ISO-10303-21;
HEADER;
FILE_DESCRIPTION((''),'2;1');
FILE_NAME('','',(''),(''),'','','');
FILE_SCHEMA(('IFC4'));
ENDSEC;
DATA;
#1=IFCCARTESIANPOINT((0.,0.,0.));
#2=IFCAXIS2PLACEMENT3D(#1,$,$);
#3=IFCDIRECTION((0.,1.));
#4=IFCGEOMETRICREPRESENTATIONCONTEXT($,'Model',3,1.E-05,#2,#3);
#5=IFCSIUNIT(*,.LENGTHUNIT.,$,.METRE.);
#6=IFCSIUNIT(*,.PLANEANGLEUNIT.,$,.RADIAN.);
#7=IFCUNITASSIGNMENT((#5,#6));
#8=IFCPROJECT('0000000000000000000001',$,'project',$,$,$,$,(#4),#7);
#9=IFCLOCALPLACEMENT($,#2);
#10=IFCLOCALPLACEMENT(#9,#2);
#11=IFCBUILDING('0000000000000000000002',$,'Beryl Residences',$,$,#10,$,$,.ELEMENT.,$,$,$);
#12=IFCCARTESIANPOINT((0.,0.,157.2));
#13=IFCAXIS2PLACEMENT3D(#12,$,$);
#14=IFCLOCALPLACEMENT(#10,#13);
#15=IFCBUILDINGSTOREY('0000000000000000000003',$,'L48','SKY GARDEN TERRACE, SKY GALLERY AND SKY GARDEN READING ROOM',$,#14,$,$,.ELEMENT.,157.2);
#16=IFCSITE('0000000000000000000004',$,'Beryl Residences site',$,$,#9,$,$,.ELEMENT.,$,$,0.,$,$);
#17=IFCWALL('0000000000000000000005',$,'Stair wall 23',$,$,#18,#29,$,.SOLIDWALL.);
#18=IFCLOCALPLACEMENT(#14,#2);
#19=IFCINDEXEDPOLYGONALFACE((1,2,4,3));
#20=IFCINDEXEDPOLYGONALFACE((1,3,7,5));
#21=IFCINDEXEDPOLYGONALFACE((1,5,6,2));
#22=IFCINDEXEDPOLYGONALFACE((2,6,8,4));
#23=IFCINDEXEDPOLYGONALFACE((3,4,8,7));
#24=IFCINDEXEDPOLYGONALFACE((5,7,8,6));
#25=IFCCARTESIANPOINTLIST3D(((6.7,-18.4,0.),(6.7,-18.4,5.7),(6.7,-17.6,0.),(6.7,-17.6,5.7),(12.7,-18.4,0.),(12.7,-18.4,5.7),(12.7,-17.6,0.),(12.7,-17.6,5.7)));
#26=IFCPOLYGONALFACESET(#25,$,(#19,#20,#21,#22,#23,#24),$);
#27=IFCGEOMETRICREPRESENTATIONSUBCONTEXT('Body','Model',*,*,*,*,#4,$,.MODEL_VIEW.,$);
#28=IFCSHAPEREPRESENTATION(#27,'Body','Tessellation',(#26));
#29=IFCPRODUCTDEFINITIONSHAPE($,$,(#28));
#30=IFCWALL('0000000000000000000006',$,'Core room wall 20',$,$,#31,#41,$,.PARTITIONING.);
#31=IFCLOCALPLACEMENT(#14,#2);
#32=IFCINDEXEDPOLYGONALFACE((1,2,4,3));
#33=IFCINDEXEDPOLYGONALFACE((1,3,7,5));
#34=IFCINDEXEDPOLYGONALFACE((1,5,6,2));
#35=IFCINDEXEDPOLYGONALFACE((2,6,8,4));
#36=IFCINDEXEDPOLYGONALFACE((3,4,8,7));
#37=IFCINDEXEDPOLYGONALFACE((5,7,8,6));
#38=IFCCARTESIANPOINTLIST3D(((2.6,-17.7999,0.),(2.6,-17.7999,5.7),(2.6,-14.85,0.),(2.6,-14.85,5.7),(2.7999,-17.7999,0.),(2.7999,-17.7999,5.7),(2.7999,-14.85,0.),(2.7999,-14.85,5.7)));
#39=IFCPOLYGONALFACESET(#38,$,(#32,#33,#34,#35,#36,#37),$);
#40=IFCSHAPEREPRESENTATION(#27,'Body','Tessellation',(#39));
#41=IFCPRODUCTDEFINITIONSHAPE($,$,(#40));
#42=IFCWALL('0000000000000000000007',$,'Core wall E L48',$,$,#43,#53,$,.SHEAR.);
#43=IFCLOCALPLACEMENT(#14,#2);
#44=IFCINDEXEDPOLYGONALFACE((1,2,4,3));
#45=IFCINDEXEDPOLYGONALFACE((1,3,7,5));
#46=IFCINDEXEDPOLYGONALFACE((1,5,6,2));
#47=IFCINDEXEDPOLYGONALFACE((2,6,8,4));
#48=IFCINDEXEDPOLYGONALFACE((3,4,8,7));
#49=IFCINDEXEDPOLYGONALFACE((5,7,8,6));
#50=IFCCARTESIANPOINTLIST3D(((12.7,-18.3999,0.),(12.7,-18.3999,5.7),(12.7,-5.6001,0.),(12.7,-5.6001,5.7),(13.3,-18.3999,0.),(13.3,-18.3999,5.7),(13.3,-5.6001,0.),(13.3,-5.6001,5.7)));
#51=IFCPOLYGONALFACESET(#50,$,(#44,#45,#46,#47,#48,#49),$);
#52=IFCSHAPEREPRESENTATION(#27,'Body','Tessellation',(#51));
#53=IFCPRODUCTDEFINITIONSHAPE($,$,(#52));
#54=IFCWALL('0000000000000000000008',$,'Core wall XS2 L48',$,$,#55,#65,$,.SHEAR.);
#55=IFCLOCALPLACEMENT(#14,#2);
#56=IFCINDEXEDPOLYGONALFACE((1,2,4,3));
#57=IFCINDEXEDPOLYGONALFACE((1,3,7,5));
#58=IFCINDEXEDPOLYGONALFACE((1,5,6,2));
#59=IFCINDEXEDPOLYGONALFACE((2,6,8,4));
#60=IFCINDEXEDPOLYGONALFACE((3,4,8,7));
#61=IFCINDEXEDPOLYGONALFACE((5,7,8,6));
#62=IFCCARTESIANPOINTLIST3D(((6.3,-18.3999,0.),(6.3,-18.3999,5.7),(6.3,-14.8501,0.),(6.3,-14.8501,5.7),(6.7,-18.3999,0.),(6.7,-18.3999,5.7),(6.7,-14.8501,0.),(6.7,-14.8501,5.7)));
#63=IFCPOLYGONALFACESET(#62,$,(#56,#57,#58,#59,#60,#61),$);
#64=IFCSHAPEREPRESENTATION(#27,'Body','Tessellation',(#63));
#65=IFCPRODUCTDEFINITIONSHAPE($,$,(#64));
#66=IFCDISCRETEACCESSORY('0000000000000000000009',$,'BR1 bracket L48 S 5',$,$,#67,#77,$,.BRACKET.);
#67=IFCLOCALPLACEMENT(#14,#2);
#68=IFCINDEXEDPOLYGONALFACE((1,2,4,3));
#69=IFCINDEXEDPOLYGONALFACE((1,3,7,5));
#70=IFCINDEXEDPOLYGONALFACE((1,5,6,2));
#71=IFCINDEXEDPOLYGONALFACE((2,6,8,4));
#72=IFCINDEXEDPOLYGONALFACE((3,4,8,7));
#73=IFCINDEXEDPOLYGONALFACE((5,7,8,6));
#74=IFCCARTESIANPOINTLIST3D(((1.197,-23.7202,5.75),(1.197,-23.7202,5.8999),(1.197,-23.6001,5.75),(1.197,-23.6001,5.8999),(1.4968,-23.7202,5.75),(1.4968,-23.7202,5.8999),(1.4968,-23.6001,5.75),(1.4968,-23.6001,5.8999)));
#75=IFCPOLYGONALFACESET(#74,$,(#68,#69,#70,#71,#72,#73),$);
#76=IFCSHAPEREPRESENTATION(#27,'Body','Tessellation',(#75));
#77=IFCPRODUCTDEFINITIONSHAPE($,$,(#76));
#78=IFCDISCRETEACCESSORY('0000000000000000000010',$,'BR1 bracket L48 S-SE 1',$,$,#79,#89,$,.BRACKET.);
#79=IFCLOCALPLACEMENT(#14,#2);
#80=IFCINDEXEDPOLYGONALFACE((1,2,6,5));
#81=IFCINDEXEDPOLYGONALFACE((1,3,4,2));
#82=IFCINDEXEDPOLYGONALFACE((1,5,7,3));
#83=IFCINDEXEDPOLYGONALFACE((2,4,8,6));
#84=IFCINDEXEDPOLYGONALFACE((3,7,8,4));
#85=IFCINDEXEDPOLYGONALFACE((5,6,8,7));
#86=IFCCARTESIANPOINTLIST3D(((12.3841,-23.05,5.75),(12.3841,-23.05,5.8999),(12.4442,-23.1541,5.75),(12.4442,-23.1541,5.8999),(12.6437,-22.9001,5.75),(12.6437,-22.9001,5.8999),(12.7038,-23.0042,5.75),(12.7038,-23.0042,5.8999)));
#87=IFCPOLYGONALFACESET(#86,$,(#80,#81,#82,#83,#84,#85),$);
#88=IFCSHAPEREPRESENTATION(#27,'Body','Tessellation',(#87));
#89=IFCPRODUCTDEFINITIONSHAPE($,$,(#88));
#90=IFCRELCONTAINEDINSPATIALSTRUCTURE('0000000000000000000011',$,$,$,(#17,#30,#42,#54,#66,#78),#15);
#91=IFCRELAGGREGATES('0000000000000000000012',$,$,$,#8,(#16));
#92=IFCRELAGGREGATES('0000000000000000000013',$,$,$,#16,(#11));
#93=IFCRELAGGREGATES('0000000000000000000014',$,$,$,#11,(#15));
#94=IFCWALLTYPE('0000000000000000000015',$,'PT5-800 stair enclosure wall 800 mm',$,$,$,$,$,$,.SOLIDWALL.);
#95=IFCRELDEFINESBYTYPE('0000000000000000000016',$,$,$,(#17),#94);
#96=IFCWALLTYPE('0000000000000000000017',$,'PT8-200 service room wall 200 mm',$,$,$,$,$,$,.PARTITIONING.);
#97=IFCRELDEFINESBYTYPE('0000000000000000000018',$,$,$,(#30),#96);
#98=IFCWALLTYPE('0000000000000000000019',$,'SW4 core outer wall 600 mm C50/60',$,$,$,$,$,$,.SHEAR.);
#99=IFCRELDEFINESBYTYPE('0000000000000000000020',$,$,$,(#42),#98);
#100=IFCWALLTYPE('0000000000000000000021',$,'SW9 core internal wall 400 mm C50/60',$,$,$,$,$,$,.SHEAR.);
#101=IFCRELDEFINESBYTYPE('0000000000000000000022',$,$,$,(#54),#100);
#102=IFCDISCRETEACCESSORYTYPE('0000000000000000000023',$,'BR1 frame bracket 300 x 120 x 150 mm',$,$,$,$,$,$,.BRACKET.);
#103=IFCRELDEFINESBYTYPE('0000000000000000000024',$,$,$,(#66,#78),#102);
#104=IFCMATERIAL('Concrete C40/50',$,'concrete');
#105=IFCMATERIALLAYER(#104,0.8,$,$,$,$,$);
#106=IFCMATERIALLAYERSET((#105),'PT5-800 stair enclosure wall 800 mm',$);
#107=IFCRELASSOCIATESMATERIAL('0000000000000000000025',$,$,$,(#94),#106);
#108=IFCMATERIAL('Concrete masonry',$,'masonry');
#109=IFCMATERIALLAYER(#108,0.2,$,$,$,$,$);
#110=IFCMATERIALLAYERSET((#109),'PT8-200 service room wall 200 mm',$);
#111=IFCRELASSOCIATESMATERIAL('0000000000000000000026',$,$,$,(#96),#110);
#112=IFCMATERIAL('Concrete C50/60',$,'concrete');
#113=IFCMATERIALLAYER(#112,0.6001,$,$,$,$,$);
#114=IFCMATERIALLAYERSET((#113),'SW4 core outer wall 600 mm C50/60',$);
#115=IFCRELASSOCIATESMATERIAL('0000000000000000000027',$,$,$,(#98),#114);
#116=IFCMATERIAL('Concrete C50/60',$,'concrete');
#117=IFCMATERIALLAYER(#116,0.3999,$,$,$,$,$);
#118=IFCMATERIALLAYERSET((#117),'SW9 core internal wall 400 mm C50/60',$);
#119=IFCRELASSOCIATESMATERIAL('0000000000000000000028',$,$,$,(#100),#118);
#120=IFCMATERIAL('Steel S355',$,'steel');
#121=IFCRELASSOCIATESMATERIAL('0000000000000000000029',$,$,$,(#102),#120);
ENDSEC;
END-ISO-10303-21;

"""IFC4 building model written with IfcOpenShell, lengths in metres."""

from ifc_helpers import new_model, si_unit, direction, frame, frame_2d, origin, place, context, subcontext, project, spatial, polyline, rectangle, outline, extrude, source, transform, mapped, material, layer, layer_set, type_object, type_shapes, element, save


model = new_model("IFC4")

# Units and contexts
model_context = context("Model", 3, precision=1e-05, world=origin(), true_north=direction((0.0, 1.0)))
body_context = subcontext(model_context, "Body", "Model", "MODEL_VIEW")
ifc_project = project(units=[si_unit("LENGTHUNIT", "METRE"), si_unit("PLANEANGLEUNIT", "RADIAN")], contexts=[model_context])

# Site, building, storey
site_placement = place(None, origin())
site = spatial("IfcSite", under=ifc_project, at=site_placement, Name="Beryl Residences site", CompositionType="ELEMENT", RefElevation=0.0)
building_placement = place(site_placement, origin())
building = spatial("IfcBuilding", under=site, at=building_placement, Name="Beryl Residences", CompositionType="ELEMENT")
storey_placement = place(building_placement, frame((0.0, 0.0, 157.2)))
storey = spatial("IfcBuildingStorey", under=building, at=storey_placement, Name="L48", Description="SKY GARDEN TERRACE, SKY GALLERY AND SKY GARDEN READING ROOM", CompositionType="ELEMENT", Elevation=157.2)

# Walls
ifc_material_1 = material(Name="Concrete C40/50", Category="concrete")
ifc_layer_1 = layer(ifc_material_1, 0.8)
ifc_layer_set_1 = layer_set([ifc_layer_1], Name="PT5-800 stair enclosure wall 800 mm")
wall_type_1 = type_object("IfcWallType", Name="PT5-800 stair enclosure wall 800 mm", PredefinedType="SOLIDWALL", material=ifc_layer_set_1)
wall_1_placement = place(storey_placement, frame((6.7, -18.0, 0.0), z_axis=(0.0, 0.0, 1.0), x_axis=(1.0, 0.0, 0.0)))
element("IfcWall", 1, at=wall_1_placement, inside=storey, type_object=wall_type_1, Name="Stair wall 23", PredefinedType="SOLIDWALL", context=body_context, shape_type="SweptSolid", body=[
    extrude(rectangle(XDim=6.0, YDim=0.8, at=frame_2d((3.0, 0.0))), origin(), (0.0, 0.0, 1.0), 5.7),
])
ifc_material_2 = material(Name="Concrete masonry", Category="masonry")
ifc_layer_2 = layer(ifc_material_2, 0.2)
ifc_layer_set_2 = layer_set([ifc_layer_2], Name="PT8-200 service room wall 200 mm")
wall_type_2 = type_object("IfcWallType", Name="PT8-200 service room wall 200 mm", PredefinedType="PARTITIONING", material=ifc_layer_set_2)
wall_2_placement = place(storey_placement, frame((2.7, -17.8, 0.0), z_axis=(0.0, 0.0, 1.0), x_axis=(0.0, 1.0, 0.0)))
element("IfcWall", 2, at=wall_2_placement, inside=storey, type_object=wall_type_2, Name="Core room wall 20", PredefinedType="PARTITIONING", context=body_context, shape_type="SweptSolid", body=[
    extrude(rectangle(XDim=2.95, YDim=0.2, at=frame_2d((1.4751, 0.0))), origin(), (0.0, 0.0, 1.0), 5.7),
])
ifc_material_3 = material(Name="Concrete C50/60", Category="concrete")
ifc_layer_3 = layer(ifc_material_3, 0.6001)
ifc_layer_set_3 = layer_set([ifc_layer_3], Name="SW4 core outer wall 600 mm C50/60")
wall_type_3 = type_object("IfcWallType", Name="SW4 core outer wall 600 mm C50/60", PredefinedType="SHEAR", material=ifc_layer_set_3)
wall_3_placement = place(storey_placement, frame((13.0, -18.3999, 0.0), z_axis=(0.0, 0.0, 1.0), x_axis=(0.0, 1.0, 0.0)))
element("IfcWall", 3, at=wall_3_placement, inside=storey, type_object=wall_type_3, Name="Core wall E L48", PredefinedType="SHEAR", context=body_context, shape_type="SweptSolid", body=[
    extrude(rectangle(XDim=12.7998, YDim=0.6001, at=frame_2d((6.3999, 0.0))), origin(), (0.0, 0.0, 1.0), 5.7),
])
ifc_material_4 = material(Name="Concrete C50/60", Category="concrete")
ifc_layer_4 = layer(ifc_material_4, 0.3999)
ifc_layer_set_4 = layer_set([ifc_layer_4], Name="SW9 core internal wall 400 mm C50/60")
wall_type_4 = type_object("IfcWallType", Name="SW9 core internal wall 400 mm C50/60", PredefinedType="SHEAR", material=ifc_layer_set_4)
wall_4_placement = place(storey_placement, frame((6.5, -18.3999, 0.0), z_axis=(0.0, 0.0, 1.0), x_axis=(0.0, 1.0, 0.0)))
element("IfcWall", 4, at=wall_4_placement, inside=storey, type_object=wall_type_4, Name="Core wall XS2 L48", PredefinedType="SHEAR", context=body_context, shape_type="SweptSolid", body=[
    extrude(rectangle(XDim=3.5498, YDim=0.3999, at=frame_2d((1.7749, 0.0))), origin(), (0.0, 0.0, 1.0), 5.7),
])

# Discrete accessories
ifc_material_5 = material(Name="Steel S355", Category="steel")
discrete_accessory_type = type_object("IfcDiscreteAccessoryType", Name="BR1 frame bracket 300 x 120 x 150 mm", PredefinedType="BRACKET", material=ifc_material_5)
shared_shape_1 = source(origin(), body_context, "Body", "SweptSolid", [
    extrude(outline(polyline([(-0.1499, 0.0), (0.1499, 0.0), (0.1499, 0.1201), (-0.1499, 0.1201), (-0.1499, 0.0)])), origin(), (0.0, 0.0, 1.0), 0.1499),
])
type_shapes(discrete_accessory_type, [shared_shape_1])
for number, where, z_axis, x_axis, name in (
    (5, (1.3469, -23.6001, 5.75), (0.0, 0.0, 1.0), (-1.0, 0.0, 0.0), "BR1 bracket L48 S 5"),
    (6, (12.5139, -22.9751, 5.75), (0.0, 0.0, 1.0), (-0.866025, -0.5, 0.0), "BR1 bracket L48 S-SE 1"),
):
    element("IfcDiscreteAccessory", number, at=place(storey_placement, frame(where, z_axis=z_axis, x_axis=x_axis)), inside=storey, type_object=discrete_accessory_type, Name=name, PredefinedType="BRACKET", context=body_context, shape_type="MappedRepresentation", body=[
        mapped(shared_shape_1, transform((0.0, 0.0, 0.0))),
    ])

save(model, "model.ifc")
